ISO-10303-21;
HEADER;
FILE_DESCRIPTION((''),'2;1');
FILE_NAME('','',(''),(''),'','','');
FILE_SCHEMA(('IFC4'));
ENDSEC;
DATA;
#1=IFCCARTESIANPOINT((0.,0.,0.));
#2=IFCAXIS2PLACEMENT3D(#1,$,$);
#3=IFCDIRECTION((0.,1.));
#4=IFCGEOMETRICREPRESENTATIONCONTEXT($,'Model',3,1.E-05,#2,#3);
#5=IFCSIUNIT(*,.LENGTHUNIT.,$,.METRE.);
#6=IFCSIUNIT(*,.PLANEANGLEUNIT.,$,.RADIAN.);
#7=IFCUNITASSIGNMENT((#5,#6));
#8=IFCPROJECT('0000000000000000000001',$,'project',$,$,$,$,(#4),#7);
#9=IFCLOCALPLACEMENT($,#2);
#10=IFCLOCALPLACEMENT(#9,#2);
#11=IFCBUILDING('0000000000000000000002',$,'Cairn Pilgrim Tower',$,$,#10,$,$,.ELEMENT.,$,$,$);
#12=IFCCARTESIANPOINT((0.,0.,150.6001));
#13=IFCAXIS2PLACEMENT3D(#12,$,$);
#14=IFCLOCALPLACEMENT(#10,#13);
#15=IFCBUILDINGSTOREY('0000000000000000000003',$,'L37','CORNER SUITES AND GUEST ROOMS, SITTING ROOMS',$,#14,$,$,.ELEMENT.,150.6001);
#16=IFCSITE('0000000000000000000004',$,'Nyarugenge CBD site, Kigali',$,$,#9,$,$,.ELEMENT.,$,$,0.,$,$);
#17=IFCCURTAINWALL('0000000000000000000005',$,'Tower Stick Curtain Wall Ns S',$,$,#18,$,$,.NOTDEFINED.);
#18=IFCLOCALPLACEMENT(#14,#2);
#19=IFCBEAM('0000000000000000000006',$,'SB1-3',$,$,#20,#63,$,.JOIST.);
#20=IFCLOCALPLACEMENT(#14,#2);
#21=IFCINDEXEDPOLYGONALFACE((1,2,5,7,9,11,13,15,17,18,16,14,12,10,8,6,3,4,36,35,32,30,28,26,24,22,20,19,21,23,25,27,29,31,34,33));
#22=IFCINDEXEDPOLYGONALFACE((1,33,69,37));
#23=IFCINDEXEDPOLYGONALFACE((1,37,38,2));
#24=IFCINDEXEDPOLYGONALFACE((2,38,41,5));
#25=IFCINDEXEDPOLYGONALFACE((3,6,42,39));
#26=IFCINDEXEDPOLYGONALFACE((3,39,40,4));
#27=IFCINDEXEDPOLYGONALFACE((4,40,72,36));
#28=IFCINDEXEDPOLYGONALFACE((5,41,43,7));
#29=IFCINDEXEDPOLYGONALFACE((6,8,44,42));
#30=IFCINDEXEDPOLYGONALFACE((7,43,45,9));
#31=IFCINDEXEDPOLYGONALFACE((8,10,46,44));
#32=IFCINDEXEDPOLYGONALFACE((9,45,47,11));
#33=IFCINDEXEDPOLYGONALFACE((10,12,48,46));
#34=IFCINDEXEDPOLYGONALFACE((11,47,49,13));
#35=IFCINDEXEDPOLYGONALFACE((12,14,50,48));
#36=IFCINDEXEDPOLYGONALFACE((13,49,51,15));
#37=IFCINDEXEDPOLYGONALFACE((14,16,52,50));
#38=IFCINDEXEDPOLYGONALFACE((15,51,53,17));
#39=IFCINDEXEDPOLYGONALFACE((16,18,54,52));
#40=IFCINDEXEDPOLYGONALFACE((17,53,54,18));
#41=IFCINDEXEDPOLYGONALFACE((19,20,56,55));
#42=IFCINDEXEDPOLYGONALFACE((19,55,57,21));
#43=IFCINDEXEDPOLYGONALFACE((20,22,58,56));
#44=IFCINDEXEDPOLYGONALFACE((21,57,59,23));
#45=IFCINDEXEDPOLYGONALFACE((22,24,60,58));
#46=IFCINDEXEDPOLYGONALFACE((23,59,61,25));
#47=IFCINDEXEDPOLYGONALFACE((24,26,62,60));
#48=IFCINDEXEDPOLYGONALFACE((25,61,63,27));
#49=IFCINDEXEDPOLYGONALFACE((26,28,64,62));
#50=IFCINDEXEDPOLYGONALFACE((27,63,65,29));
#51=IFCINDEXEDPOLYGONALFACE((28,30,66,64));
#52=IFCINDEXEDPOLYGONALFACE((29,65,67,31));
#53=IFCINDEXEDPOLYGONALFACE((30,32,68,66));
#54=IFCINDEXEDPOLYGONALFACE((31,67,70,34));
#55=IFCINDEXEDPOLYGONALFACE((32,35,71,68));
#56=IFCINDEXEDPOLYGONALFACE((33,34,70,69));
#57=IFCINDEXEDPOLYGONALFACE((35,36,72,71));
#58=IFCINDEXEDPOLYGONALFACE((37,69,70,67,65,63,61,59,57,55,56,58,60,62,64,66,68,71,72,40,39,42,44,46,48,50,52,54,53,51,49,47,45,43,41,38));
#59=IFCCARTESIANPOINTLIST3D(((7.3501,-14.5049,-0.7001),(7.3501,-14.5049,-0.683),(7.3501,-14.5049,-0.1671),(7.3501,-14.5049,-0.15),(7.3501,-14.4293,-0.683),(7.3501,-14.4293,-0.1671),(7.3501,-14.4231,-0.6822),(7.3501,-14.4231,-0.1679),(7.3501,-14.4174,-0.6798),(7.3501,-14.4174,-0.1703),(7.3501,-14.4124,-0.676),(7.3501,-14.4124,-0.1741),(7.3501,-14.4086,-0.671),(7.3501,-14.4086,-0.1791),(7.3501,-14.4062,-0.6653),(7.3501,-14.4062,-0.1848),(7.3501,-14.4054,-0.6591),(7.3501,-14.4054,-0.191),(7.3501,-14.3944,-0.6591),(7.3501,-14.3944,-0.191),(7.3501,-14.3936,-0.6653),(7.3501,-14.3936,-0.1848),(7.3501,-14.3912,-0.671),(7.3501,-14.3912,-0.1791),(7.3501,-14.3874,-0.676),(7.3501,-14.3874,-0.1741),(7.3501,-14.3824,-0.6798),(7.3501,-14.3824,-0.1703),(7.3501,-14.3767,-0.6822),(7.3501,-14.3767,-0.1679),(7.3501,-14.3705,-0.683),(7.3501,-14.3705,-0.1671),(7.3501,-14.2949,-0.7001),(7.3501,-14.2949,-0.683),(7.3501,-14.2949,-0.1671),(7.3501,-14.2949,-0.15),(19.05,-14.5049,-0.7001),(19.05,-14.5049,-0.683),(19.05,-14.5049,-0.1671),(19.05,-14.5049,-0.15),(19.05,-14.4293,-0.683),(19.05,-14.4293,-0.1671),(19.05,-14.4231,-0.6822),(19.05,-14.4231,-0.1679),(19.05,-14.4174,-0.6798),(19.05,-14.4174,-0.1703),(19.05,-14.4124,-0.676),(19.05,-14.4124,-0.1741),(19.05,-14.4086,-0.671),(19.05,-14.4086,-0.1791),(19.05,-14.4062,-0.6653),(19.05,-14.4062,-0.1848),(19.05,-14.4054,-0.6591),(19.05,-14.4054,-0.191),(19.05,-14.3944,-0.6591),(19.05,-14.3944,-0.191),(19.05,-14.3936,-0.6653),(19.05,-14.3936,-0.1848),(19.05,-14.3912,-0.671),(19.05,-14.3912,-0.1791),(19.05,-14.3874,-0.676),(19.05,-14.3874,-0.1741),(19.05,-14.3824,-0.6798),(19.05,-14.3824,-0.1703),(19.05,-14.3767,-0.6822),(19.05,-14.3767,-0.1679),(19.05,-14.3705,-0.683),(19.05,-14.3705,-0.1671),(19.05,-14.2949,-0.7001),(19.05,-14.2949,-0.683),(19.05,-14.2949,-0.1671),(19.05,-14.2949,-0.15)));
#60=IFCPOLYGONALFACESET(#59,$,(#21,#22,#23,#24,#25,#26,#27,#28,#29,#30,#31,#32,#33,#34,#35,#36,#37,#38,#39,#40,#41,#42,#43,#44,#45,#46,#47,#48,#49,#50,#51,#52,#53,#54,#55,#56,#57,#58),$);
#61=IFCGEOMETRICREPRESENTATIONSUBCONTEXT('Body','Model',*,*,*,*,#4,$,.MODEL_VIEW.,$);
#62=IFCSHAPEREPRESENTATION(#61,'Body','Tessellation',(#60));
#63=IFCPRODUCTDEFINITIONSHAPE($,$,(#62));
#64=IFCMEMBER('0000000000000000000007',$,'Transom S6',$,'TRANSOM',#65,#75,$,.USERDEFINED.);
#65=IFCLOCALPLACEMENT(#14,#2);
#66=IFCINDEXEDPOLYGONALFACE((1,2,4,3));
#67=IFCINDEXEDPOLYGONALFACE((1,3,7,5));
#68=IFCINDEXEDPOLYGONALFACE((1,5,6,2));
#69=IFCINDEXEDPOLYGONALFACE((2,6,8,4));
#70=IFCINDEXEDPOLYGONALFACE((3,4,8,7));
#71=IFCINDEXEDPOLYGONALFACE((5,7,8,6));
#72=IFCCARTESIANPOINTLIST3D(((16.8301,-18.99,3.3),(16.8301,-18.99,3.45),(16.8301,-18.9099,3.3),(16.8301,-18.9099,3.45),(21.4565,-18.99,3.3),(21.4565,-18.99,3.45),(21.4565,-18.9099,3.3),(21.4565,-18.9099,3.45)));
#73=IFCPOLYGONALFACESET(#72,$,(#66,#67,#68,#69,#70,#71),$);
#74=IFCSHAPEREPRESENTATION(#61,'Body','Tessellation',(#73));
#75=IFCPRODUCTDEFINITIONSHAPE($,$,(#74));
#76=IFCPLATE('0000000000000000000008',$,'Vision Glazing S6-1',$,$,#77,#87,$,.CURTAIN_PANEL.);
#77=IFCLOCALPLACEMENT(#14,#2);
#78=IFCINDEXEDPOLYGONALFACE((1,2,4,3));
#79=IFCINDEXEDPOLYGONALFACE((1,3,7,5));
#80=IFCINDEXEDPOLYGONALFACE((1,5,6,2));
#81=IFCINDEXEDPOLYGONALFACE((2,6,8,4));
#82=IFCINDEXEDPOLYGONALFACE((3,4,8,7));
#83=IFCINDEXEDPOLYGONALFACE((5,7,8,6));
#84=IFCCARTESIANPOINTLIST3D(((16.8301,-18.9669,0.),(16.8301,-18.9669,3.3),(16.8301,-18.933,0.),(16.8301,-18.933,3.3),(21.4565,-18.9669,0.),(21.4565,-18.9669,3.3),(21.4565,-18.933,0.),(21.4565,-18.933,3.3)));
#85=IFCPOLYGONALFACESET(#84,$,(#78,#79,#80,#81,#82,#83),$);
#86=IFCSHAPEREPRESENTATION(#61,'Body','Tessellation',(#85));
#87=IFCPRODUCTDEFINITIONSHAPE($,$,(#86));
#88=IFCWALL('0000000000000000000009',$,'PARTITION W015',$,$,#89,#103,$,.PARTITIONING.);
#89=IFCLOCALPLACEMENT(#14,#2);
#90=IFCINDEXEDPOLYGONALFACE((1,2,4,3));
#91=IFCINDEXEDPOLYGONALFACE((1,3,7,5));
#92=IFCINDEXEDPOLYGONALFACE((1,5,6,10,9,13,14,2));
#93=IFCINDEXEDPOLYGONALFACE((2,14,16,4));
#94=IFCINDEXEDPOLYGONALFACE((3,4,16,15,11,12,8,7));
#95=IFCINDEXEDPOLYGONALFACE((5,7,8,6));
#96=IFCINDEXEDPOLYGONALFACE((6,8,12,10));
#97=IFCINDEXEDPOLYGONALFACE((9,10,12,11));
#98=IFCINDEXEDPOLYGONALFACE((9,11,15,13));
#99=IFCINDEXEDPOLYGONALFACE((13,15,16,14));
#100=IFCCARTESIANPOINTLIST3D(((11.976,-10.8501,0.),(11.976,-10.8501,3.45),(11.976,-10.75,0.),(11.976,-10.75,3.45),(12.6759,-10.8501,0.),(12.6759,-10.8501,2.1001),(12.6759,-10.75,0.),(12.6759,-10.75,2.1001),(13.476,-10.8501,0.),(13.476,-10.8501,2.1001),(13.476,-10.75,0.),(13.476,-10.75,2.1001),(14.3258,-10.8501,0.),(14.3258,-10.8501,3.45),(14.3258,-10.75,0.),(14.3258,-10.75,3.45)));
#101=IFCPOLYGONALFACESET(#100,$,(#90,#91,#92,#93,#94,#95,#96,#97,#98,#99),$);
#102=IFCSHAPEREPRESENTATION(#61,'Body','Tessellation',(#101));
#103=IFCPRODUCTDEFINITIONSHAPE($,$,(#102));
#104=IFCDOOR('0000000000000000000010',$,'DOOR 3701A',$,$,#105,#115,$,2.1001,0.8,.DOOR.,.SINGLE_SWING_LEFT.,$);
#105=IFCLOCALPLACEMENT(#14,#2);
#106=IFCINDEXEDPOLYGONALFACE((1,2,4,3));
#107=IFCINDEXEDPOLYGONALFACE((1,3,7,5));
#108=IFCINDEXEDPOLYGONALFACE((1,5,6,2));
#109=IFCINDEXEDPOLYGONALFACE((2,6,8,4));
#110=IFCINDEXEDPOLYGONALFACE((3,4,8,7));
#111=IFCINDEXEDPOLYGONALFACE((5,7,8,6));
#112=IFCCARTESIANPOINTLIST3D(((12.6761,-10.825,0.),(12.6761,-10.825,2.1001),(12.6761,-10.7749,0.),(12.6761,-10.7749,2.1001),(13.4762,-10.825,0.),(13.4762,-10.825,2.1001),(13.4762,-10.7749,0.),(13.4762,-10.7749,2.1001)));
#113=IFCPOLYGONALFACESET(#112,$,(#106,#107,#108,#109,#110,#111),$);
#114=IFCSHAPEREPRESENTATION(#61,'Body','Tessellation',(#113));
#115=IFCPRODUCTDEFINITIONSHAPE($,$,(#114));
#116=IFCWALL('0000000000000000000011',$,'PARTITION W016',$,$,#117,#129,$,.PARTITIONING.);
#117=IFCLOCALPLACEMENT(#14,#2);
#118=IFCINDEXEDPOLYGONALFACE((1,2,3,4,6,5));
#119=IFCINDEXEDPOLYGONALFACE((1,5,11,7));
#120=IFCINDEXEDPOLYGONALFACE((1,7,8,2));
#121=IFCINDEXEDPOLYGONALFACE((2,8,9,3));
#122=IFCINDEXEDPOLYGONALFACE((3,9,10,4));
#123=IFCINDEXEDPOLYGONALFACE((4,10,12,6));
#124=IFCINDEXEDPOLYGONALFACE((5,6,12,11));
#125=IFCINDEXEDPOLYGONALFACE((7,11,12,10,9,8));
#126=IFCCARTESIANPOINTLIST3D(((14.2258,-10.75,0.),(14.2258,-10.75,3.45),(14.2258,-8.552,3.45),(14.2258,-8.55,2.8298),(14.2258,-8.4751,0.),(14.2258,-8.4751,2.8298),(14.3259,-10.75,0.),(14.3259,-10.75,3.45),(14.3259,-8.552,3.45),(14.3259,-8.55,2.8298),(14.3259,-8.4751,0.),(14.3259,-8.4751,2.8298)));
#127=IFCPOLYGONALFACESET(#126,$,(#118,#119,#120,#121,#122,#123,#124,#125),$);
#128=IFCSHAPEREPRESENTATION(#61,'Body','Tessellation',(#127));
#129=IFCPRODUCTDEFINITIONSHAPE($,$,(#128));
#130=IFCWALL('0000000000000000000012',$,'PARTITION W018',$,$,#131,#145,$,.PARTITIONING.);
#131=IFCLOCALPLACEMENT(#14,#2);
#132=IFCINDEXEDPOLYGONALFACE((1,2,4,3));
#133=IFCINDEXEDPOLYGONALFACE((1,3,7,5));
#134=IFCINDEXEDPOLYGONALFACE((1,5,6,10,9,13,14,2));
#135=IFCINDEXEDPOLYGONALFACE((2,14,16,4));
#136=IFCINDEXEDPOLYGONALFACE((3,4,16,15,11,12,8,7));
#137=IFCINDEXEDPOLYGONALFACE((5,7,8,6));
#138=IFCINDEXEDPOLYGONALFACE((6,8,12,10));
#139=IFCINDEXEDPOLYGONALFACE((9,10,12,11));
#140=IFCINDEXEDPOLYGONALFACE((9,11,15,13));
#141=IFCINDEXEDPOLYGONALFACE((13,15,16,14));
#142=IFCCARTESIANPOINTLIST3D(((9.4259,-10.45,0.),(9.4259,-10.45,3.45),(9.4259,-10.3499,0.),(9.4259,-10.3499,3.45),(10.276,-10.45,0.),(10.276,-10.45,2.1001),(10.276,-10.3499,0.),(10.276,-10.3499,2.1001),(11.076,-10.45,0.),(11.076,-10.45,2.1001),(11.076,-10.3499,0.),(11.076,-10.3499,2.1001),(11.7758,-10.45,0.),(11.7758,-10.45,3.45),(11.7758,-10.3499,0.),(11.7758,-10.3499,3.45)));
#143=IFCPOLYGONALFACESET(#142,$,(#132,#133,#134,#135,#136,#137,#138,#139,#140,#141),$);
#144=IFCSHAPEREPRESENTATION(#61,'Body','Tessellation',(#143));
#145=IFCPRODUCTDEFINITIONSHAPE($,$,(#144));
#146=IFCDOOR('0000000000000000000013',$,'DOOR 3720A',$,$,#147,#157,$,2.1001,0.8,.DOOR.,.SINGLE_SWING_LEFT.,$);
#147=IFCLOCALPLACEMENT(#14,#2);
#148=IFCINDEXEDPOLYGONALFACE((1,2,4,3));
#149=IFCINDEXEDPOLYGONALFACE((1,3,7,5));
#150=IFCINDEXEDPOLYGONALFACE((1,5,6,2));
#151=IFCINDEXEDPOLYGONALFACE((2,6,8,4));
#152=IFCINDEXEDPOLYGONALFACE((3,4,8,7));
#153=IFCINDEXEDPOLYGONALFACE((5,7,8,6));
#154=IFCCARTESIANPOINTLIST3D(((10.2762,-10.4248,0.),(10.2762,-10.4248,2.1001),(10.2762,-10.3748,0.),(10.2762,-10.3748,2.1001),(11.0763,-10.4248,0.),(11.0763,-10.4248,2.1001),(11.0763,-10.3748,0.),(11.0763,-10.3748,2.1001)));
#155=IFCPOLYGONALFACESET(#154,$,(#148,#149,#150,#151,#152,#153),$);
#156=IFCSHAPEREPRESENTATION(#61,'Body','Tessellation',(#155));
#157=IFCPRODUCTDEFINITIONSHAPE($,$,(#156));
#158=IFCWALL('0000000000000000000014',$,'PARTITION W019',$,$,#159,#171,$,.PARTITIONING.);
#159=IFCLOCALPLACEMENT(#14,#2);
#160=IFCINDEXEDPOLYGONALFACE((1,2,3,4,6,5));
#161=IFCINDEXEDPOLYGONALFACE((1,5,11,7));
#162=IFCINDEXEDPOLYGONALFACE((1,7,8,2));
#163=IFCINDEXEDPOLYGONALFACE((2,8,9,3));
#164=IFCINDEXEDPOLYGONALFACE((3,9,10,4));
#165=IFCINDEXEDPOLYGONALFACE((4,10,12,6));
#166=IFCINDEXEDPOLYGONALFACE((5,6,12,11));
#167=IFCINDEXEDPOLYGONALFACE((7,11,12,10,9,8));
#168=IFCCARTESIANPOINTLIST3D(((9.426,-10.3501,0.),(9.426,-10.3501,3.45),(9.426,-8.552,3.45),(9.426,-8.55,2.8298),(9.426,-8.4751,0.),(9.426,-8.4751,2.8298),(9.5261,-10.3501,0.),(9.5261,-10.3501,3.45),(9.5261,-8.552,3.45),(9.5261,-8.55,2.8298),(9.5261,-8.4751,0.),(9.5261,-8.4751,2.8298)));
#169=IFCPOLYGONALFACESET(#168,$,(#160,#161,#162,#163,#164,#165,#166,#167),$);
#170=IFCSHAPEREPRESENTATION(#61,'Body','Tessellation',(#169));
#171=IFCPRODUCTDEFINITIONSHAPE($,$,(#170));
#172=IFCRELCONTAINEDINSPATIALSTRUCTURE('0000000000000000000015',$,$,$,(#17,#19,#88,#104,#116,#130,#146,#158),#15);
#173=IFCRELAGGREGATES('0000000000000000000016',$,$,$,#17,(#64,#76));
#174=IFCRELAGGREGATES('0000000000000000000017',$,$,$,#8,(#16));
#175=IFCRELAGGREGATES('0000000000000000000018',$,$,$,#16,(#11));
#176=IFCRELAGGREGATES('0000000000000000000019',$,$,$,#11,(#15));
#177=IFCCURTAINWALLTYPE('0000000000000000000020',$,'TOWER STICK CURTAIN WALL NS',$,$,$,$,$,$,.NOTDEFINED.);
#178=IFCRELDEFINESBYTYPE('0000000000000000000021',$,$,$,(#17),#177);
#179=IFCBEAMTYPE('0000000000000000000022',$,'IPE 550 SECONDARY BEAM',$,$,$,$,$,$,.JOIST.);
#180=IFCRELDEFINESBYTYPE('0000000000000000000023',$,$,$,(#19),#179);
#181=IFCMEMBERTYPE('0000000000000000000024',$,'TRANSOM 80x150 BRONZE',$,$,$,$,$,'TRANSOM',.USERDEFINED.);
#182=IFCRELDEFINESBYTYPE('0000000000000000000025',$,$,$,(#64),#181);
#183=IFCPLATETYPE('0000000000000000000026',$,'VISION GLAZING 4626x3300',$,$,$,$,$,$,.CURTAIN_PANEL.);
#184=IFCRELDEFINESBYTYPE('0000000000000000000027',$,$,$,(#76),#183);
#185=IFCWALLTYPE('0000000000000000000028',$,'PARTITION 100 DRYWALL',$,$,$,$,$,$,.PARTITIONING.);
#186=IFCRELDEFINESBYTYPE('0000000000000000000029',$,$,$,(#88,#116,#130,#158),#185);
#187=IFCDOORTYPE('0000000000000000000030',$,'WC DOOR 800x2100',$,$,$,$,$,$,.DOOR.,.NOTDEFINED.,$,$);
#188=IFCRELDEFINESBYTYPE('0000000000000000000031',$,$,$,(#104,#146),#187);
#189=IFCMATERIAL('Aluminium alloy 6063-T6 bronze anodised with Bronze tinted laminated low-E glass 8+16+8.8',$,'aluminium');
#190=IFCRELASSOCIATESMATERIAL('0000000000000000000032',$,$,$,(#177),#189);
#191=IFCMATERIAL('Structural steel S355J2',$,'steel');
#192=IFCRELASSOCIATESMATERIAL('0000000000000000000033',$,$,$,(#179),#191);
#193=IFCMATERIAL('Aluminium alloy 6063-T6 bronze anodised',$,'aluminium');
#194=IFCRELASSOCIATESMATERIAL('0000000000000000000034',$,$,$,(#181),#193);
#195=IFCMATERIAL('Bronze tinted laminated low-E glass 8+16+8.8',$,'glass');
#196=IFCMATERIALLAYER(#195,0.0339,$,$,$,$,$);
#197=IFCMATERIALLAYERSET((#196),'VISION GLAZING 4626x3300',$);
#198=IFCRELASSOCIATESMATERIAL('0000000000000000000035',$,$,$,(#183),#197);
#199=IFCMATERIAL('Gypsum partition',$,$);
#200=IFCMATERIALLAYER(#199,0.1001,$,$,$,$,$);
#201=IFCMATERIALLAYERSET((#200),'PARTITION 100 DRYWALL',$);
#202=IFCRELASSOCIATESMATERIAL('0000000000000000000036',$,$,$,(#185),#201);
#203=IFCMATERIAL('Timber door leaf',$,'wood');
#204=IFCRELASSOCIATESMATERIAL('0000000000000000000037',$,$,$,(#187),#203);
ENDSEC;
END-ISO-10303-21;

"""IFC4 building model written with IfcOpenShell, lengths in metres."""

from ifc_helpers import new_model, si_unit, direction, frame, frame_2d, origin, origin_2d, place, context, subcontext, project, spatial, polyline, rectangle, i_section, outline, extrude, material, layer, layer_set, material_profile, profile_set, type_object, element, fill, aggregate, save


model = new_model("IFC4")

# Units and contexts
model_context = context("Model", 3, precision=1e-05, world=origin(), true_north=direction((0.0, 1.0)))
body_context = subcontext(model_context, "Body", "Model", "MODEL_VIEW")
ifc_project = project(units=[si_unit("LENGTHUNIT", "METRE"), si_unit("PLANEANGLEUNIT", "RADIAN")], contexts=[model_context])

# Site, building, storey
site_placement = place(None, origin())
site = spatial("IfcSite", under=ifc_project, at=site_placement, Name="Nyarugenge CBD site, Kigali", CompositionType="ELEMENT", RefElevation=0.0)
building_placement = place(site_placement, origin())
building = spatial("IfcBuilding", under=site, at=building_placement, Name="Cairn Pilgrim Tower", CompositionType="ELEMENT")
storey_placement = place(building_placement, frame((0.0, 0.0, 150.6001)))
storey = spatial("IfcBuildingStorey", under=building, at=storey_placement, Name="L37", Description="CORNER SUITES AND GUEST ROOMS, SITTING ROOMS", CompositionType="ELEMENT", Elevation=150.6001)

# Shared definitions
ifc_material_1 = material(Name="Structural steel S355J2", Category="steel")

# Curtain wall
ifc_material_2 = material(Name="Aluminium alloy 6063-T6 bronze anodised with Bronze tinted laminated low-E glass 8+16+8.8", Category="aluminium")
curtain_wall_type = type_object("IfcCurtainWallType", Name="TOWER STICK CURTAIN WALL NS", PredefinedType="NOTDEFINED", material=ifc_material_2)
curtain_wall_placement = place(storey_placement, origin())
curtain_wall = element("IfcCurtainWall", 1, at=curtain_wall_placement, inside=storey, type_object=curtain_wall_type, Name="Tower Stick Curtain Wall Ns S", PredefinedType="NOTDEFINED")
ifc_material_3 = material(Name="Aluminium alloy 6063-T6 bronze anodised", Category="aluminium")

# Beam
ifc_material_profile_1 = material_profile(ifc_material_1, i_section(OverallWidth=0.21, OverallDepth=0.55, WebThickness=0.011, FlangeThickness=0.0171, FilletRadius=0.0239, at=origin_2d()), Name="IPE 550")
ifc_profile_set_1 = profile_set([ifc_material_profile_1], Name="Structural steel S355J2")
beam_type_1 = type_object("IfcBeamType", Name="IPE 550 SECONDARY BEAM", PredefinedType="JOIST", material=ifc_profile_set_1)
beam_1_placement = place(storey_placement, frame((7.3501, -14.3999, -0.425), z_axis=(1.0, 0.0, 0.0), x_axis=(0.0, 1.0, 0.0)))
element("IfcBeam", 2, at=beam_1_placement, inside=storey, type_object=beam_type_1, Name="SB1-3", PredefinedType="JOIST", context=body_context, shape_type="SweptSolid", body=[
    extrude(i_section(OverallWidth=0.21, OverallDepth=0.55, WebThickness=0.011, FlangeThickness=0.0171, FilletRadius=0.0239, at=origin_2d()), origin(), (0.0, 0.0, 1.0), 11.7),
])

# Member
ifc_material_profile_2 = material_profile(ifc_material_3, rectangle(XDim=0.0801, YDim=0.1499, at=origin_2d()), Name="TRANSOM 80x150 BRONZE")
ifc_profile_set_2 = profile_set([ifc_material_profile_2], Name="Aluminium alloy 6063-T6 bronze anodised")
member_type_1 = type_object("IfcMemberType", Name="TRANSOM 80x150 BRONZE", ElementType="TRANSOM", PredefinedType="USERDEFINED", material=ifc_profile_set_2)
member_1_placement = place(storey_placement, frame((16.8301, -18.95, 3.375), z_axis=(1.0, 0.0, 0.0), x_axis=(0.0, 1.0, 0.0)))
member_1 = element("IfcMember", 3, at=member_1_placement, type_object=member_type_1, Name="Transom S6", ObjectType="TRANSOM", PredefinedType="USERDEFINED", context=body_context, shape_type="SweptSolid", body=[
    extrude(rectangle(XDim=0.0801, YDim=0.1499, at=origin_2d()), origin(), (0.0, 0.0, 1.0), 4.6265),
])

# Plate
ifc_material_4 = material(Name="Bronze tinted laminated low-E glass 8+16+8.8", Category="glass")
ifc_layer_1 = layer(ifc_material_4, 0.0339)
ifc_layer_set_1 = layer_set([ifc_layer_1], Name="VISION GLAZING 4626x3300")
plate_type = type_object("IfcPlateType", Name="VISION GLAZING 4626x3300", PredefinedType="CURTAIN_PANEL", material=ifc_layer_set_1)
plate_placement = place(storey_placement, frame((19.1433, -18.95, 0.0), z_axis=(0.0, 0.0, 1.0), x_axis=(1.0, 0.0, 0.0)))
plate = element("IfcPlate", 4, at=plate_placement, type_object=plate_type, Name="Vision Glazing S6-1", PredefinedType="CURTAIN_PANEL", context=body_context, shape_type="SweptSolid", body=[
    extrude(rectangle(XDim=4.6265, YDim=0.0339, at=origin_2d()), origin(), (0.0, 0.0, 1.0), 3.3),
])
aggregate(curtain_wall, [member_1, plate])

# Wall, opening, door
ifc_material_5 = material(Name="Gypsum partition")
ifc_layer_2 = layer(ifc_material_5, 0.1001)
ifc_layer_set_2 = layer_set([ifc_layer_2], Name="PARTITION 100 DRYWALL")
wall_type_1 = type_object("IfcWallType", Name="PARTITION 100 DRYWALL", PredefinedType="PARTITIONING", material=ifc_layer_set_2)
wall_1_placement = place(storey_placement, frame((11.9761, -10.8, 0.0), z_axis=(0.0, 0.0, 1.0), x_axis=(1.0, 0.0, 0.0)))
wall_1 = element("IfcWall", 5, at=wall_1_placement, inside=storey, type_object=wall_type_1, Name="PARTITION W015", PredefinedType="PARTITIONING", context=body_context, shape_type="SweptSolid", body=[
    extrude(rectangle(XDim=2.3499, YDim=0.1001, at=frame_2d((1.1748, 0.0))), origin(), (0.0, 0.0, 1.0), 3.45),
])
opening_1_placement = place(wall_1_placement, frame((0.7, 0.0, 0.0)))
opening_1 = element("IfcOpeningElement", 6, at=opening_1_placement, cuts=wall_1, PredefinedType="OPENING", context=body_context, shape_type="SweptSolid", body=[
    extrude(rectangle(XDim=0.8, YDim=2.1001, at=frame_2d((0.3999, 1.05))), frame((0.0, 0.0601, 0.0), z_axis=(0.0, -1.0, 0.0), x_axis=(1.0, 0.0, 0.0)), (0.0, 0.0, 1.0), 0.1201),
])
ifc_material_6 = material(Name="Timber door leaf", Category="wood")
door_type_1 = type_object("IfcDoorType", Name="WC DOOR 800x2100", OperationType="NOTDEFINED", PredefinedType="DOOR", material=ifc_material_6)
door_1_placement = place(opening_1_placement, frame((0.8, 0.0, 0.0), z_axis=(0.0, 0.0, 1.0), x_axis=(-1.0, 0.0, 0.0)))
door_1 = element("IfcDoor", 7, at=door_1_placement, inside=storey, type_object=door_type_1, Name="DOOR 3701A", OperationType="SINGLE_SWING_LEFT", OverallHeight=2.1001, OverallWidth=0.8, PredefinedType="DOOR", context=body_context, shape_type="SweptSolid", body=[
    extrude(rectangle(XDim=0.8, YDim=2.1001, at=frame_2d((0.3999, 1.05))), frame((0.0, 0.0249, 0.0), z_axis=(0.0, -1.0, 0.0), x_axis=(1.0, 0.0, 0.0)), (0.0, 0.0, 1.0), 0.05),
])
fill(opening_1, door_1)

# Wall
wall_2_placement = place(storey_placement, frame((14.2759, -10.75, 0.0), z_axis=(0.0, 0.0, 1.0), x_axis=(0.0, 1.0, 0.0)))
element("IfcWall", 8, at=wall_2_placement, inside=storey, type_object=wall_type_1, Name="PARTITION W016", PredefinedType="PARTITIONING", context=body_context, shape_type="SweptSolid", body=[
    extrude(outline(polyline([(0.0, 0.0), (2.2749, 0.0), (2.2749, 2.8298), (2.2, 2.8298), (2.198, 3.45), (0.0, 3.45), (0.0, 0.0)])), frame((0.0, 0.05, 0.0), z_axis=(0.0, -1.0, 0.0), x_axis=(1.0, 0.0, 0.0)), (0.0, 0.0, 1.0), 0.1001),
])

# Wall, opening, door
wall_3_placement = place(storey_placement, frame((9.426, -10.3999, 0.0), z_axis=(0.0, 0.0, 1.0), x_axis=(1.0, 0.0, 0.0)))
wall_3 = element("IfcWall", 9, at=wall_3_placement, inside=storey, type_object=wall_type_1, Name="PARTITION W018", PredefinedType="PARTITIONING", context=body_context, shape_type="SweptSolid", body=[
    extrude(rectangle(XDim=2.3499, YDim=0.1001, at=frame_2d((1.1748, 0.0))), origin(), (0.0, 0.0, 1.0), 3.45),
])
opening_2_placement = place(wall_3_placement, frame((0.8501, 0.0, 0.0)))
opening_2 = element("IfcOpeningElement", 10, at=opening_2_placement, cuts=wall_3, PredefinedType="OPENING", context=body_context, shape_type="SweptSolid", body=[
    extrude(rectangle(XDim=0.8, YDim=2.1001, at=frame_2d((0.3999, 1.05))), frame((0.0, 0.0601, 0.0), z_axis=(0.0, -1.0, 0.0), x_axis=(1.0, 0.0, 0.0)), (0.0, 0.0, 1.0), 0.1201),
])
door_2_placement = place(opening_2_placement, frame((0.8, 0.0, 0.0), z_axis=(0.0, 0.0, 1.0), x_axis=(-1.0, 0.0, 0.0)))
door_2 = element("IfcDoor", 11, at=door_2_placement, inside=storey, type_object=door_type_1, Name="DOOR 3720A", OperationType="SINGLE_SWING_LEFT", OverallHeight=2.1001, OverallWidth=0.8, PredefinedType="DOOR", context=body_context, shape_type="SweptSolid", body=[
    extrude(rectangle(XDim=0.8, YDim=2.1001, at=frame_2d((0.3999, 1.05))), frame((0.0, 0.0249, 0.0), z_axis=(0.0, -1.0, 0.0), x_axis=(1.0, 0.0, 0.0)), (0.0, 0.0, 1.0), 0.05),
])
fill(opening_2, door_2)

# Wall
wall_4_placement = place(storey_placement, frame((9.4761, -10.3501, 0.0), z_axis=(0.0, 0.0, 1.0), x_axis=(0.0, 1.0, 0.0)))
element("IfcWall", 12, at=wall_4_placement, inside=storey, type_object=wall_type_1, Name="PARTITION W019", PredefinedType="PARTITIONING", context=body_context, shape_type="SweptSolid", body=[
    extrude(outline(polyline([(0.0, 0.0), (1.875, 0.0), (1.875, 2.8298), (1.8, 2.8298), (1.7981, 3.45), (0.0, 3.45), (0.0, 0.0)])), frame((0.0, 0.05, 0.0), z_axis=(0.0, -1.0, 0.0), x_axis=(1.0, 0.0, 0.0)), (0.0, 0.0, 1.0), 0.1001),
])

save(model, "model.ifc")
